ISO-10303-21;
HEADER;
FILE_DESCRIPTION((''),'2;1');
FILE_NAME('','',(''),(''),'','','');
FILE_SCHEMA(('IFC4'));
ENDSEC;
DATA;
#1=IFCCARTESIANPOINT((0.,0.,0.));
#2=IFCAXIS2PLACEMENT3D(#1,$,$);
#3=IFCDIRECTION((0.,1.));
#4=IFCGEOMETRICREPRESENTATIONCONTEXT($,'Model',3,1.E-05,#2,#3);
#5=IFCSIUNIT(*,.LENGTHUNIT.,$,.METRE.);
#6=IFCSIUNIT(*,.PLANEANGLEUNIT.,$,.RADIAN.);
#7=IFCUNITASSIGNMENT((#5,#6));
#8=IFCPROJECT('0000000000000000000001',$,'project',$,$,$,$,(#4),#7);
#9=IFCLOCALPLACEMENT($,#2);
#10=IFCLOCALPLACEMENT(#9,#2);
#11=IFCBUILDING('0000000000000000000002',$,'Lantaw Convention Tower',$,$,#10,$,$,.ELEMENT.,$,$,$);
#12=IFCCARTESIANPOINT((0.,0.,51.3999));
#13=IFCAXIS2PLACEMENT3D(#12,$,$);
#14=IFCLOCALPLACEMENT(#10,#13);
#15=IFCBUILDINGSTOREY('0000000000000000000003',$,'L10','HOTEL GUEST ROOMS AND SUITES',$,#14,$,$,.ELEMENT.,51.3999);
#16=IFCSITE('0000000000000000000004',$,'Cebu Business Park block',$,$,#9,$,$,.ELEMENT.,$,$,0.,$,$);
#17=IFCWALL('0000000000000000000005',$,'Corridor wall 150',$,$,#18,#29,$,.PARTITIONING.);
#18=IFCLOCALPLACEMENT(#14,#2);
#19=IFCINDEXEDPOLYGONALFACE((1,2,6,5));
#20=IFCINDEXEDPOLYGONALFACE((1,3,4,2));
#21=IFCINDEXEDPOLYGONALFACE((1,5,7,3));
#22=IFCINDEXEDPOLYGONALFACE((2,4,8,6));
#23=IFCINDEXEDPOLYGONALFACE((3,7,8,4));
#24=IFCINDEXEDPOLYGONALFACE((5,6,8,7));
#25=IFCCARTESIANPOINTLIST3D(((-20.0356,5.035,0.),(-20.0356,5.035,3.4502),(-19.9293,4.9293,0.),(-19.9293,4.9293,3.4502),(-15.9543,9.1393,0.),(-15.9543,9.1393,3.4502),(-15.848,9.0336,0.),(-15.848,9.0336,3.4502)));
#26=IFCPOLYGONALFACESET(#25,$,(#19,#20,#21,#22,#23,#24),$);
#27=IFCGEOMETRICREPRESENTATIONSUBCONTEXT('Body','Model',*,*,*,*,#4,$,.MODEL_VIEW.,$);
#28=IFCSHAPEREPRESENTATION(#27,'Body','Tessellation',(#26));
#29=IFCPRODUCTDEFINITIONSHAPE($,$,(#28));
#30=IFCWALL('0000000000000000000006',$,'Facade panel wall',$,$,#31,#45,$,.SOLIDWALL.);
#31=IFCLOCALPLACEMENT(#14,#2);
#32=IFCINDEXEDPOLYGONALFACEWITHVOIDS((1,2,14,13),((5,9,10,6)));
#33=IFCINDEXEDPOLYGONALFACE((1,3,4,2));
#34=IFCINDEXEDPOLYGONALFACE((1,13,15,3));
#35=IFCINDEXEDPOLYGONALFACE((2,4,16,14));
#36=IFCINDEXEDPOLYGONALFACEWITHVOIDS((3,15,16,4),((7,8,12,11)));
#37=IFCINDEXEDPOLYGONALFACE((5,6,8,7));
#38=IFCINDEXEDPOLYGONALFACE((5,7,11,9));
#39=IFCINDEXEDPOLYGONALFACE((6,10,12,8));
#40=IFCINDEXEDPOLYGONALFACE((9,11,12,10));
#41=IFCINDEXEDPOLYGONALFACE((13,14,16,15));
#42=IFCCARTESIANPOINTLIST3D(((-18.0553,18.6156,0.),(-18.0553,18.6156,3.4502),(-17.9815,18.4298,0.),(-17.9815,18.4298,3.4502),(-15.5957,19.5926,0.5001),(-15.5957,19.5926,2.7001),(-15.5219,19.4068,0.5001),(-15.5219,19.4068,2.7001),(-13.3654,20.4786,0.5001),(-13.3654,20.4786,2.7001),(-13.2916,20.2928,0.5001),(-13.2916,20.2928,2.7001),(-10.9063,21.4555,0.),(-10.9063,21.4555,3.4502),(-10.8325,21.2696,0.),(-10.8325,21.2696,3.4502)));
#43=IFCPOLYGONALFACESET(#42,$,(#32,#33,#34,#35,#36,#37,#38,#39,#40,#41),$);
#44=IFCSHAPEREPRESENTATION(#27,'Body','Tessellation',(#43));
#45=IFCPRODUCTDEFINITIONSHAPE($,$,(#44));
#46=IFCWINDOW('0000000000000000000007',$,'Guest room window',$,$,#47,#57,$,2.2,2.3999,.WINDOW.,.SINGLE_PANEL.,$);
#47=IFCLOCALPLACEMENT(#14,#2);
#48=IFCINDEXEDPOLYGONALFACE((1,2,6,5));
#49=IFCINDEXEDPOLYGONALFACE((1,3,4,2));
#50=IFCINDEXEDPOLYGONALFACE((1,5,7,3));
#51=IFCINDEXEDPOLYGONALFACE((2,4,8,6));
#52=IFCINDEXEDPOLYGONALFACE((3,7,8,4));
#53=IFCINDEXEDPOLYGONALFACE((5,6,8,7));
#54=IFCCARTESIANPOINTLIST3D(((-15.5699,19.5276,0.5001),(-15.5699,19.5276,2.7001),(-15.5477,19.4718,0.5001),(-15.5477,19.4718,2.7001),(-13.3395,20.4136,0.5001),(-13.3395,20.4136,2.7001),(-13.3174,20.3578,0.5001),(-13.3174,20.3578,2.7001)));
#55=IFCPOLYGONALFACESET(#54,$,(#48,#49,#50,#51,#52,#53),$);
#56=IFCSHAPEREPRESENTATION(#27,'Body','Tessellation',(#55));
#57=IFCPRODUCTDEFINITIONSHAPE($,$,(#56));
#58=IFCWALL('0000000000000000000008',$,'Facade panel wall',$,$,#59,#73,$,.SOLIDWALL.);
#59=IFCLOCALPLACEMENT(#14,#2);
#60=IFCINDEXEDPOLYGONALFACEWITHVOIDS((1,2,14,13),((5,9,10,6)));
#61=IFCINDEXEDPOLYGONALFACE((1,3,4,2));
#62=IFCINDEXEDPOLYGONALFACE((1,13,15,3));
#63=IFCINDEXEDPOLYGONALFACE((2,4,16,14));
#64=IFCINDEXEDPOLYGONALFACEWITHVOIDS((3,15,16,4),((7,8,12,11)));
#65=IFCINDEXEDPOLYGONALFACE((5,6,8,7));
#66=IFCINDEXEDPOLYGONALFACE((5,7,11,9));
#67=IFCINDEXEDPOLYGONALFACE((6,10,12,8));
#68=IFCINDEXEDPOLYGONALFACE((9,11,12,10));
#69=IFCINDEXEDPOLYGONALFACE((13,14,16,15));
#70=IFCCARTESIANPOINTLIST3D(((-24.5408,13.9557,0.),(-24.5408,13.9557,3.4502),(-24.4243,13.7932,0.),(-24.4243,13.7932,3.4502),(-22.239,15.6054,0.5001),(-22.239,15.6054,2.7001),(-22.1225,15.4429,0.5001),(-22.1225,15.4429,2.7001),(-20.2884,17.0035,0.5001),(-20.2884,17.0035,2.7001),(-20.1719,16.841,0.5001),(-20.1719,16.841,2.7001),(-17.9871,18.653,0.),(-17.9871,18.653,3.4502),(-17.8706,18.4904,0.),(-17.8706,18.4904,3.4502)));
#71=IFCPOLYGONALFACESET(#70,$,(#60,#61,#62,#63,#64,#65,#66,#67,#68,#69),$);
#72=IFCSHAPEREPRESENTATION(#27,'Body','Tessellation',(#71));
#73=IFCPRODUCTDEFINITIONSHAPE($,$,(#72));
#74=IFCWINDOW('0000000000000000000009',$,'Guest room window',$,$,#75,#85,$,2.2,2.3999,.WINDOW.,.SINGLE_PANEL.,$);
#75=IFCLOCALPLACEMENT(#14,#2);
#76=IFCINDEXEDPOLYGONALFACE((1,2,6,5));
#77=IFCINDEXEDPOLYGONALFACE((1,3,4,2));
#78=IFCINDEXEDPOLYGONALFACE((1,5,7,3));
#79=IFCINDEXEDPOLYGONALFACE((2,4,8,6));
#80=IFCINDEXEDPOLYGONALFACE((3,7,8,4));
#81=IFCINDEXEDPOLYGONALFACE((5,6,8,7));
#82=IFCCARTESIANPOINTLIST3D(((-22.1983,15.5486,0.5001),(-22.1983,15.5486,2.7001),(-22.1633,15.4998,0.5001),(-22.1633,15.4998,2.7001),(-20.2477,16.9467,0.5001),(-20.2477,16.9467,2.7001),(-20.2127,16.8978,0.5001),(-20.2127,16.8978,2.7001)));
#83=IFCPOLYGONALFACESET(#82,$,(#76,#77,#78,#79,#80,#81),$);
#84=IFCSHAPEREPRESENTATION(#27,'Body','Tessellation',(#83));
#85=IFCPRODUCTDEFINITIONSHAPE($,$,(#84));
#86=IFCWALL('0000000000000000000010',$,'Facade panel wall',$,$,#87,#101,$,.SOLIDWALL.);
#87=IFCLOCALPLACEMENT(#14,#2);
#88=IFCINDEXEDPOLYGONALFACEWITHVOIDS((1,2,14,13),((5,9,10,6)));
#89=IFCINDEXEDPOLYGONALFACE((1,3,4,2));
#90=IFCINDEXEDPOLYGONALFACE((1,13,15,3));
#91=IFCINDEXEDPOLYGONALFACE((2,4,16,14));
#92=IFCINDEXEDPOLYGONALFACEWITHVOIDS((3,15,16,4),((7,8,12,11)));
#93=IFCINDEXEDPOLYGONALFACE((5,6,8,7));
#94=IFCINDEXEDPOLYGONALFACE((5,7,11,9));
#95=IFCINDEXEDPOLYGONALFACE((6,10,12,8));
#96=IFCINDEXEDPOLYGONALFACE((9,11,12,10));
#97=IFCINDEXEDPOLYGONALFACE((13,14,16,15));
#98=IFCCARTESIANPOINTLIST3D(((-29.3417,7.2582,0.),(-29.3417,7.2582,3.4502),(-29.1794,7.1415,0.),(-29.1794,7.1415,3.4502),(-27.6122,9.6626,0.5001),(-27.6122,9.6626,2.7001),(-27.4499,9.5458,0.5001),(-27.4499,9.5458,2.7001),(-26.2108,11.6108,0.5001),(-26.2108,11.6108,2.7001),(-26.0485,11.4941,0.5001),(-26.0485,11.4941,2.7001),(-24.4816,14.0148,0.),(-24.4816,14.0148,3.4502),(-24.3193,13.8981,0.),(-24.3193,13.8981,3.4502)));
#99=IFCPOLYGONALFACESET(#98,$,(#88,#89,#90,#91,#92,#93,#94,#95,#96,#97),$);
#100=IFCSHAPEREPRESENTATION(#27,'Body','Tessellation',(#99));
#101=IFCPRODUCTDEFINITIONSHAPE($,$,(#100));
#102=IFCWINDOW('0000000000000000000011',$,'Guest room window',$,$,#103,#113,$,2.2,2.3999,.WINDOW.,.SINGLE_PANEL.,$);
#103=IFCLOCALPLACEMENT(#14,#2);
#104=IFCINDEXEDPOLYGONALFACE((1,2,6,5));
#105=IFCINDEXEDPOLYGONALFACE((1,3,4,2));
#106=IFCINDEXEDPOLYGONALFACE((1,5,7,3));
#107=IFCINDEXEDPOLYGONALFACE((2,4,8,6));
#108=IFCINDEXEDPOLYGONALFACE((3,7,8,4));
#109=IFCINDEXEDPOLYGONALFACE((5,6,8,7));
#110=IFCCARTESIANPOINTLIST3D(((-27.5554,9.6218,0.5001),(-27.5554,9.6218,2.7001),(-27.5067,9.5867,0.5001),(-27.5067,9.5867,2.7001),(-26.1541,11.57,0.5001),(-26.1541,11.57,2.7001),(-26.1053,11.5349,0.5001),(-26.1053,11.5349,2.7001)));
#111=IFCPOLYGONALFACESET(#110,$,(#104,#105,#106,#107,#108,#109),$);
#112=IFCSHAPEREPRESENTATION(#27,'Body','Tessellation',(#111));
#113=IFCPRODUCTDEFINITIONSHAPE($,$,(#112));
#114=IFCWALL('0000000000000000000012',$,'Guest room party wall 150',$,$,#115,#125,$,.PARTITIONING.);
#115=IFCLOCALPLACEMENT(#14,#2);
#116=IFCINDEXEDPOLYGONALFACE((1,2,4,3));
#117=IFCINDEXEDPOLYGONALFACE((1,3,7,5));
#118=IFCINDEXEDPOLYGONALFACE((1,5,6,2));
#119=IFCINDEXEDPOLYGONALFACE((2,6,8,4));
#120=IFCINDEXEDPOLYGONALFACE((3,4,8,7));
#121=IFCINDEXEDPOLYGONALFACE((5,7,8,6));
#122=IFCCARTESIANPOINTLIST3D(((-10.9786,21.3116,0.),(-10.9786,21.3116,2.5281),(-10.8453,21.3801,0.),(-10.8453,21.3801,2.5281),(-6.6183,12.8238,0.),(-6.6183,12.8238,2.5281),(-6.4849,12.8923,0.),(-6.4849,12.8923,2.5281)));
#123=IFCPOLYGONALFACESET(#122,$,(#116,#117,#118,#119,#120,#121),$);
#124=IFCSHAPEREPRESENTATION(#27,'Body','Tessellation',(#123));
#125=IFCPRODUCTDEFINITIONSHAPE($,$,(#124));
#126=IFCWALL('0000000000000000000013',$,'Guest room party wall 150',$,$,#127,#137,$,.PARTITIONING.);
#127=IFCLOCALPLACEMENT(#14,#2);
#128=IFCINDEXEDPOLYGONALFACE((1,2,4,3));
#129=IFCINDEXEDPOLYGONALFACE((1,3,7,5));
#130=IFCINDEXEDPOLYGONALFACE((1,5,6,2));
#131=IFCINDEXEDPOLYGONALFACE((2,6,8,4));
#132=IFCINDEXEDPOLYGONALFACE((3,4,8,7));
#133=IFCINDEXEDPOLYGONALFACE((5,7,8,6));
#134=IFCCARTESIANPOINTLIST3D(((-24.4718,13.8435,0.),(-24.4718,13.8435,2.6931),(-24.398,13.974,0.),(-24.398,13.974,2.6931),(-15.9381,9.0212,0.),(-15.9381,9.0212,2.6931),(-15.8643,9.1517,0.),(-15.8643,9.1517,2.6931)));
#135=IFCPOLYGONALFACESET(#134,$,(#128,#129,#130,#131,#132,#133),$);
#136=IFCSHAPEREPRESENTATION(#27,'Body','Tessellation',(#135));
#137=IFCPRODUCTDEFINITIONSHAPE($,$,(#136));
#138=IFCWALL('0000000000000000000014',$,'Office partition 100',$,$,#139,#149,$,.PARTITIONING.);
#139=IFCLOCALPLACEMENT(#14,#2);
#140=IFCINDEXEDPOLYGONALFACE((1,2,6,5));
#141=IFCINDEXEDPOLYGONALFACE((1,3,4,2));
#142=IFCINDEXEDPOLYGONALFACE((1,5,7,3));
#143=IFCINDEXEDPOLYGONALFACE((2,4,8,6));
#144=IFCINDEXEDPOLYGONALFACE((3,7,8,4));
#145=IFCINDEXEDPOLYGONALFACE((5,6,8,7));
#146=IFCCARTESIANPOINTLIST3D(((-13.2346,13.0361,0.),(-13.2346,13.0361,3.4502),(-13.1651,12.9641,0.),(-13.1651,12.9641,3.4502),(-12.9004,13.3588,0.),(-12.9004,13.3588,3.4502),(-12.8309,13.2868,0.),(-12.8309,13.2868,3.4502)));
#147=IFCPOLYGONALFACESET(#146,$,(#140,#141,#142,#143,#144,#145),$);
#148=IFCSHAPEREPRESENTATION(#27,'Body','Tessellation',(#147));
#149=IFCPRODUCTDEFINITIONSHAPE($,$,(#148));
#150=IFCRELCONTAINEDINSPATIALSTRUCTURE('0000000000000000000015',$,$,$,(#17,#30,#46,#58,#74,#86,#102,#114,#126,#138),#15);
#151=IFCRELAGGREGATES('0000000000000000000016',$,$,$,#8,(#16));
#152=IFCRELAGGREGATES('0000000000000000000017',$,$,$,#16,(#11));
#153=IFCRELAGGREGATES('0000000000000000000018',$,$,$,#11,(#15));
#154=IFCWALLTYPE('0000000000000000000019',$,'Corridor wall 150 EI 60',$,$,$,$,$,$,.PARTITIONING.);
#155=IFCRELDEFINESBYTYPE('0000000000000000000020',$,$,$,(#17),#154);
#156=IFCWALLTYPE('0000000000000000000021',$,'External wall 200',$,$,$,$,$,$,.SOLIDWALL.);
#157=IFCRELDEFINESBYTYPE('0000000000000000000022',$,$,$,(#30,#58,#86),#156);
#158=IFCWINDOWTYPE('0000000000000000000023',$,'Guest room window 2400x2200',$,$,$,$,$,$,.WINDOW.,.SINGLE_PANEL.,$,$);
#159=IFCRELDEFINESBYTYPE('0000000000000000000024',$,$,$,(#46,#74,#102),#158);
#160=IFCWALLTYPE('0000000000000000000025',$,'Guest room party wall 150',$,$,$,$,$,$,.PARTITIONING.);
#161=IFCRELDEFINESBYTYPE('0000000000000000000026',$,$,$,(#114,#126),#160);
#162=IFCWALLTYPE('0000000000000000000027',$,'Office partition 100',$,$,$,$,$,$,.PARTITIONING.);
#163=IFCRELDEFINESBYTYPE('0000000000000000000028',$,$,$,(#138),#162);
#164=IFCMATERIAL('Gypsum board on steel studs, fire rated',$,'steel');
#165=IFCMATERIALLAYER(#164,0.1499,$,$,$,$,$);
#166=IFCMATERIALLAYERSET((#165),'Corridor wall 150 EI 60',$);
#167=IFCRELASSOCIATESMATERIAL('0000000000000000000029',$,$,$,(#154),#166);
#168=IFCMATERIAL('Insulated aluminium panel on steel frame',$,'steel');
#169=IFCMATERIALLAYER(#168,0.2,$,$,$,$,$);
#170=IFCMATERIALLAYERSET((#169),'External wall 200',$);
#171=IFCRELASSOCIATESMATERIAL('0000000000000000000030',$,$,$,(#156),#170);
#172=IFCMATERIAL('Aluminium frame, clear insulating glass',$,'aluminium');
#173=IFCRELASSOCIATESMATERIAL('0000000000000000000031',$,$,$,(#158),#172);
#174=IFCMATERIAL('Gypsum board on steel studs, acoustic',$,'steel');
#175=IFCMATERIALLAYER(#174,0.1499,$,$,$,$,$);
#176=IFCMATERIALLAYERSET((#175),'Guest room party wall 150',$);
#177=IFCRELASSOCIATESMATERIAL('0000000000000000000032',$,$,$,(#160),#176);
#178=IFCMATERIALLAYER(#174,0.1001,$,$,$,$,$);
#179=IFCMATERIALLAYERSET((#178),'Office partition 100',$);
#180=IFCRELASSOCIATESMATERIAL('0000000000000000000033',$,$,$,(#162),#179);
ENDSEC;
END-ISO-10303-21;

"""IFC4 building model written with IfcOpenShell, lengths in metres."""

from ifc_helpers import new_model, si_unit, direction, frame, frame_2d, origin, place, context, subcontext, project, spatial, rectangle, extrude, material, layer, layer_set, type_object, element, fill, save


model = new_model("IFC4")

# Units and contexts
model_context = context("Model", 3, precision=1e-05, world=origin(), true_north=direction((0.0, 1.0)))
body_context = subcontext(model_context, "Body", "Model", "MODEL_VIEW")
ifc_project = project(units=[si_unit("LENGTHUNIT", "METRE"), si_unit("PLANEANGLEUNIT", "RADIAN")], contexts=[model_context])

# Site, building, storey
site_placement = place(None, origin())
site = spatial("IfcSite", under=ifc_project, at=site_placement, Name="Cebu Business Park block", CompositionType="ELEMENT", RefElevation=0.0)
building_placement = place(site_placement, origin())
building = spatial("IfcBuilding", under=site, at=building_placement, Name="Lantaw Convention Tower", CompositionType="ELEMENT")
storey_placement = place(building_placement, frame((0.0, 0.0, 51.3999)))
storey = spatial("IfcBuildingStorey", under=building, at=storey_placement, Name="L10", Description="HOTEL GUEST ROOMS AND SUITES", CompositionType="ELEMENT", Elevation=51.3999)

# Shared definitions
ifc_material_1 = material(Name="Gypsum board on steel studs, fire rated", Category="steel")
ifc_layer_1 = layer(ifc_material_1, 0.1499)
ifc_layer_set_1 = layer_set([ifc_layer_1], Name="Corridor wall 150 EI 60")
wall_type_1 = type_object("IfcWallType", Name="Corridor wall 150 EI 60", PredefinedType="PARTITIONING", material=ifc_layer_set_1)

# Wall
wall_1_placement = place(storey_placement, frame((-15.9011, 9.0864, 0.0), z_axis=(0.0, 0.0, 1.0), x_axis=(-0.705122, -0.709086, 0.0)))
element("IfcWall", 1, at=wall_1_placement, inside=storey, type_object=wall_type_1, Name="Corridor wall 150", PredefinedType="PARTITIONING", context=body_context, shape_type="SweptSolid", body=[
    extrude(rectangle(XDim=5.7881, YDim=0.1499, at=frame_2d((2.894, 0.0))), origin(), (0.0, 0.0, 1.0), 3.4502),
])

# Walls, openings, windows
ifc_material_2 = material(Name="Insulated aluminium panel on steel frame", Category="steel")
ifc_layer_2 = layer(ifc_material_2, 0.2)
ifc_layer_set_2 = layer_set([ifc_layer_2], Name="External wall 200")
wall_type_2 = type_object("IfcWallType", Name="External wall 200", PredefinedType="SOLIDWALL", material=ifc_layer_set_2)
wall_2_placement = place(storey_placement, frame((-10.8694, 21.3625, 0.0), z_axis=(0.0, 0.0, 1.0), x_axis=(-0.929358, -0.369179, 0.0)))
wall_2 = element("IfcWall", 2, at=wall_2_placement, inside=storey, type_object=wall_type_2, Name="Facade panel wall", PredefinedType="SOLIDWALL", context=body_context, shape_type="SweptSolid", body=[
    extrude(rectangle(XDim=7.6924, YDim=0.2, at=frame_2d((3.8462, 0.0))), origin(), (0.0, 0.0, 1.0), 3.4502),
])
opening_1_placement = place(wall_2_placement, frame((2.646, 0.0, 0.5)))
opening_1 = element("IfcOpeningElement", 3, at=opening_1_placement, cuts=wall_2, PredefinedType="OPENING", context=body_context, shape_type="SweptSolid", body=[
    extrude(rectangle(XDim=2.3999, YDim=2.2, at=frame_2d((1.2, 1.1001))), frame((0.0, 0.1099, 0.0), z_axis=(0.0, -1.0, 0.0), x_axis=(1.0, 0.0, 0.0)), (0.0, 0.0, 1.0), 0.22),
])
ifc_material_3 = material(Name="Aluminium frame, clear insulating glass", Category="aluminium")
window_type = type_object("IfcWindowType", Name="Guest room window 2400x2200", PartitioningType="SINGLE_PANEL", PredefinedType="WINDOW", material=ifc_material_3)
window_1_placement = place(opening_1_placement, origin())
window_1 = element("IfcWindow", 4, at=window_1_placement, inside=storey, type_object=window_type, Name="Guest room window", OverallHeight=2.2, OverallWidth=2.3999, PartitioningType="SINGLE_PANEL", PredefinedType="WINDOW", context=body_context, shape_type="SweptSolid", body=[
    extrude(rectangle(XDim=2.3999, YDim=2.2, at=frame_2d((1.2, 1.1001))), frame((0.0, 0.03, 0.0), z_axis=(0.0, -1.0, 0.0), x_axis=(1.0, 0.0, 0.0)), (0.0, 0.0, 1.0), 0.0601),
])
fill(opening_1, window_1)
wall_3_placement = place(storey_placement, frame((-17.9287, 18.5718, 0.0), z_axis=(0.0, 0.0, 1.0), x_axis=(-0.812791, -0.582555, 0.0)))
wall_3 = element("IfcWall", 5, at=wall_3_placement, inside=storey, type_object=wall_type_2, Name="Facade panel wall", PredefinedType="SOLIDWALL", context=body_context, shape_type="SweptSolid", body=[
    extrude(rectangle(XDim=8.0632, YDim=0.2, at=frame_2d((4.0317, 0.0))), origin(), (0.0, 0.0, 1.0), 3.4502),
])
opening_2_placement = place(wall_3_placement, frame((2.8315, 0.0, 0.5)))
opening_2 = element("IfcOpeningElement", 6, at=opening_2_placement, cuts=wall_3, PredefinedType="OPENING", context=body_context, shape_type="SweptSolid", body=[
    extrude(rectangle(XDim=2.3999, YDim=2.2, at=frame_2d((1.2, 1.1001))), frame((0.0, 0.1099, 0.0), z_axis=(0.0, -1.0, 0.0), x_axis=(1.0, 0.0, 0.0)), (0.0, 0.0, 1.0), 0.22),
])
window_2_placement = place(opening_2_placement, origin())
window_2 = element("IfcWindow", 7, at=window_2_placement, inside=storey, type_object=window_type, Name="Guest room window", OverallHeight=2.2, OverallWidth=2.3999, PartitioningType="SINGLE_PANEL", PredefinedType="WINDOW", context=body_context, shape_type="SweptSolid", body=[
    extrude(rectangle(XDim=2.3999, YDim=2.2, at=frame_2d((1.2, 1.1001))), frame((0.0, 0.03, 0.0), z_axis=(0.0, -1.0, 0.0), x_axis=(1.0, 0.0, 0.0)), (0.0, 0.0, 1.0), 0.0601),
])
fill(opening_2, window_2)
wall_4_placement = place(storey_placement, frame((-24.4004, 13.9565, 0.0), z_axis=(0.0, 0.0, 1.0), x_axis=(-0.583938, -0.811799, 0.0)))
wall_4 = element("IfcWall", 8, at=wall_4_placement, inside=storey, type_object=wall_type_2, Name="Facade panel wall", PredefinedType="SOLIDWALL", context=body_context, shape_type="SweptSolid", body=[
    extrude(rectangle(XDim=8.323, YDim=0.2, at=frame_2d((4.1616, 0.0))), origin(), (0.0, 0.0, 1.0), 3.4502),
])
opening_3_placement = place(wall_4_placement, frame((2.9614, 0.0, 0.5)))
opening_3 = element("IfcOpeningElement", 9, at=opening_3_placement, cuts=wall_4, PredefinedType="OPENING", context=body_context, shape_type="SweptSolid", body=[
    extrude(rectangle(XDim=2.3999, YDim=2.2, at=frame_2d((1.2, 1.1001))), frame((0.0, 0.1099, 0.0), z_axis=(0.0, -1.0, 0.0), x_axis=(1.0, 0.0, 0.0)), (0.0, 0.0, 1.0), 0.22),
])
window_3_placement = place(opening_3_placement, origin())
window_3 = element("IfcWindow", 10, at=window_3_placement, inside=storey, type_object=window_type, Name="Guest room window", OverallHeight=2.2, OverallWidth=2.3999, PartitioningType="SINGLE_PANEL", PredefinedType="WINDOW", context=body_context, shape_type="SweptSolid", body=[
    extrude(rectangle(XDim=2.3999, YDim=2.2, at=frame_2d((1.2, 1.1001))), frame((0.0, 0.03, 0.0), z_axis=(0.0, -1.0, 0.0), x_axis=(1.0, 0.0, 0.0)), (0.0, 0.0, 1.0), 0.0601),
])
fill(opening_3, window_3)

# Walls
ifc_material_4 = material(Name="Gypsum board on steel studs, acoustic", Category="steel")
ifc_layer_3 = layer(ifc_material_4, 0.1499)
ifc_layer_set_3 = layer_set([ifc_layer_3], Name="Guest room party wall 150")
wall_type_3 = type_object("IfcWallType", Name="Guest room party wall 150", PredefinedType="PARTITIONING", material=ifc_layer_set_3)
wall_5_placement = place(storey_placement, frame((-10.9119, 21.3457, 0.0), z_axis=(0.0, 0.0, 1.0), x_axis=(0.45695, -0.889492, 0.0)))
element("IfcWall", 11, at=wall_5_placement, inside=storey, type_object=wall_type_3, Name="Guest room party wall 150", PredefinedType="PARTITIONING", context=body_context, shape_type="SweptSolid", body=[
    extrude(rectangle(XDim=9.5422, YDim=0.1499, at=frame_2d((4.771, 0.0))), origin(), (0.0, 0.0, 1.0), 2.5281),
])
wall_6_placement = place(storey_placement, frame((-24.4348, 13.9087, 0.0), z_axis=(0.0, 0.0, 1.0), x_axis=(0.870612, -0.49197, 0.0)))
element("IfcWall", 12, at=wall_6_placement, inside=storey, type_object=wall_type_3, Name="Guest room party wall 150", PredefinedType="PARTITIONING", context=body_context, shape_type="SweptSolid", body=[
    extrude(rectangle(XDim=9.802, YDim=0.1499, at=frame_2d((4.9009, 0.0))), origin(), (0.0, 0.0, 1.0), 2.6931),
])
ifc_layer_4 = layer(ifc_material_4, 0.1001)
ifc_layer_set_4 = layer_set([ifc_layer_4], Name="Office partition 100")
wall_type_4 = type_object("IfcWallType", Name="Office partition 100", PredefinedType="PARTITIONING", material=ifc_layer_set_4)
wall_7_placement = place(storey_placement, frame((-13.2, 13.0, 0.0), z_axis=(0.0, 0.0, 1.0), x_axis=(0.719347, 0.694651, 0.0)))
element("IfcWall", 13, at=wall_7_placement, inside=storey, type_object=wall_type_4, Name="Office partition 100", PredefinedType="PARTITIONING", context=body_context, shape_type="SweptSolid", body=[
    extrude(rectangle(XDim=0.4646, YDim=0.1001, at=frame_2d((0.2324, 0.0))), origin(), (0.0, 0.0, 1.0), 3.4502),
])

save(model, "model.ifc")
